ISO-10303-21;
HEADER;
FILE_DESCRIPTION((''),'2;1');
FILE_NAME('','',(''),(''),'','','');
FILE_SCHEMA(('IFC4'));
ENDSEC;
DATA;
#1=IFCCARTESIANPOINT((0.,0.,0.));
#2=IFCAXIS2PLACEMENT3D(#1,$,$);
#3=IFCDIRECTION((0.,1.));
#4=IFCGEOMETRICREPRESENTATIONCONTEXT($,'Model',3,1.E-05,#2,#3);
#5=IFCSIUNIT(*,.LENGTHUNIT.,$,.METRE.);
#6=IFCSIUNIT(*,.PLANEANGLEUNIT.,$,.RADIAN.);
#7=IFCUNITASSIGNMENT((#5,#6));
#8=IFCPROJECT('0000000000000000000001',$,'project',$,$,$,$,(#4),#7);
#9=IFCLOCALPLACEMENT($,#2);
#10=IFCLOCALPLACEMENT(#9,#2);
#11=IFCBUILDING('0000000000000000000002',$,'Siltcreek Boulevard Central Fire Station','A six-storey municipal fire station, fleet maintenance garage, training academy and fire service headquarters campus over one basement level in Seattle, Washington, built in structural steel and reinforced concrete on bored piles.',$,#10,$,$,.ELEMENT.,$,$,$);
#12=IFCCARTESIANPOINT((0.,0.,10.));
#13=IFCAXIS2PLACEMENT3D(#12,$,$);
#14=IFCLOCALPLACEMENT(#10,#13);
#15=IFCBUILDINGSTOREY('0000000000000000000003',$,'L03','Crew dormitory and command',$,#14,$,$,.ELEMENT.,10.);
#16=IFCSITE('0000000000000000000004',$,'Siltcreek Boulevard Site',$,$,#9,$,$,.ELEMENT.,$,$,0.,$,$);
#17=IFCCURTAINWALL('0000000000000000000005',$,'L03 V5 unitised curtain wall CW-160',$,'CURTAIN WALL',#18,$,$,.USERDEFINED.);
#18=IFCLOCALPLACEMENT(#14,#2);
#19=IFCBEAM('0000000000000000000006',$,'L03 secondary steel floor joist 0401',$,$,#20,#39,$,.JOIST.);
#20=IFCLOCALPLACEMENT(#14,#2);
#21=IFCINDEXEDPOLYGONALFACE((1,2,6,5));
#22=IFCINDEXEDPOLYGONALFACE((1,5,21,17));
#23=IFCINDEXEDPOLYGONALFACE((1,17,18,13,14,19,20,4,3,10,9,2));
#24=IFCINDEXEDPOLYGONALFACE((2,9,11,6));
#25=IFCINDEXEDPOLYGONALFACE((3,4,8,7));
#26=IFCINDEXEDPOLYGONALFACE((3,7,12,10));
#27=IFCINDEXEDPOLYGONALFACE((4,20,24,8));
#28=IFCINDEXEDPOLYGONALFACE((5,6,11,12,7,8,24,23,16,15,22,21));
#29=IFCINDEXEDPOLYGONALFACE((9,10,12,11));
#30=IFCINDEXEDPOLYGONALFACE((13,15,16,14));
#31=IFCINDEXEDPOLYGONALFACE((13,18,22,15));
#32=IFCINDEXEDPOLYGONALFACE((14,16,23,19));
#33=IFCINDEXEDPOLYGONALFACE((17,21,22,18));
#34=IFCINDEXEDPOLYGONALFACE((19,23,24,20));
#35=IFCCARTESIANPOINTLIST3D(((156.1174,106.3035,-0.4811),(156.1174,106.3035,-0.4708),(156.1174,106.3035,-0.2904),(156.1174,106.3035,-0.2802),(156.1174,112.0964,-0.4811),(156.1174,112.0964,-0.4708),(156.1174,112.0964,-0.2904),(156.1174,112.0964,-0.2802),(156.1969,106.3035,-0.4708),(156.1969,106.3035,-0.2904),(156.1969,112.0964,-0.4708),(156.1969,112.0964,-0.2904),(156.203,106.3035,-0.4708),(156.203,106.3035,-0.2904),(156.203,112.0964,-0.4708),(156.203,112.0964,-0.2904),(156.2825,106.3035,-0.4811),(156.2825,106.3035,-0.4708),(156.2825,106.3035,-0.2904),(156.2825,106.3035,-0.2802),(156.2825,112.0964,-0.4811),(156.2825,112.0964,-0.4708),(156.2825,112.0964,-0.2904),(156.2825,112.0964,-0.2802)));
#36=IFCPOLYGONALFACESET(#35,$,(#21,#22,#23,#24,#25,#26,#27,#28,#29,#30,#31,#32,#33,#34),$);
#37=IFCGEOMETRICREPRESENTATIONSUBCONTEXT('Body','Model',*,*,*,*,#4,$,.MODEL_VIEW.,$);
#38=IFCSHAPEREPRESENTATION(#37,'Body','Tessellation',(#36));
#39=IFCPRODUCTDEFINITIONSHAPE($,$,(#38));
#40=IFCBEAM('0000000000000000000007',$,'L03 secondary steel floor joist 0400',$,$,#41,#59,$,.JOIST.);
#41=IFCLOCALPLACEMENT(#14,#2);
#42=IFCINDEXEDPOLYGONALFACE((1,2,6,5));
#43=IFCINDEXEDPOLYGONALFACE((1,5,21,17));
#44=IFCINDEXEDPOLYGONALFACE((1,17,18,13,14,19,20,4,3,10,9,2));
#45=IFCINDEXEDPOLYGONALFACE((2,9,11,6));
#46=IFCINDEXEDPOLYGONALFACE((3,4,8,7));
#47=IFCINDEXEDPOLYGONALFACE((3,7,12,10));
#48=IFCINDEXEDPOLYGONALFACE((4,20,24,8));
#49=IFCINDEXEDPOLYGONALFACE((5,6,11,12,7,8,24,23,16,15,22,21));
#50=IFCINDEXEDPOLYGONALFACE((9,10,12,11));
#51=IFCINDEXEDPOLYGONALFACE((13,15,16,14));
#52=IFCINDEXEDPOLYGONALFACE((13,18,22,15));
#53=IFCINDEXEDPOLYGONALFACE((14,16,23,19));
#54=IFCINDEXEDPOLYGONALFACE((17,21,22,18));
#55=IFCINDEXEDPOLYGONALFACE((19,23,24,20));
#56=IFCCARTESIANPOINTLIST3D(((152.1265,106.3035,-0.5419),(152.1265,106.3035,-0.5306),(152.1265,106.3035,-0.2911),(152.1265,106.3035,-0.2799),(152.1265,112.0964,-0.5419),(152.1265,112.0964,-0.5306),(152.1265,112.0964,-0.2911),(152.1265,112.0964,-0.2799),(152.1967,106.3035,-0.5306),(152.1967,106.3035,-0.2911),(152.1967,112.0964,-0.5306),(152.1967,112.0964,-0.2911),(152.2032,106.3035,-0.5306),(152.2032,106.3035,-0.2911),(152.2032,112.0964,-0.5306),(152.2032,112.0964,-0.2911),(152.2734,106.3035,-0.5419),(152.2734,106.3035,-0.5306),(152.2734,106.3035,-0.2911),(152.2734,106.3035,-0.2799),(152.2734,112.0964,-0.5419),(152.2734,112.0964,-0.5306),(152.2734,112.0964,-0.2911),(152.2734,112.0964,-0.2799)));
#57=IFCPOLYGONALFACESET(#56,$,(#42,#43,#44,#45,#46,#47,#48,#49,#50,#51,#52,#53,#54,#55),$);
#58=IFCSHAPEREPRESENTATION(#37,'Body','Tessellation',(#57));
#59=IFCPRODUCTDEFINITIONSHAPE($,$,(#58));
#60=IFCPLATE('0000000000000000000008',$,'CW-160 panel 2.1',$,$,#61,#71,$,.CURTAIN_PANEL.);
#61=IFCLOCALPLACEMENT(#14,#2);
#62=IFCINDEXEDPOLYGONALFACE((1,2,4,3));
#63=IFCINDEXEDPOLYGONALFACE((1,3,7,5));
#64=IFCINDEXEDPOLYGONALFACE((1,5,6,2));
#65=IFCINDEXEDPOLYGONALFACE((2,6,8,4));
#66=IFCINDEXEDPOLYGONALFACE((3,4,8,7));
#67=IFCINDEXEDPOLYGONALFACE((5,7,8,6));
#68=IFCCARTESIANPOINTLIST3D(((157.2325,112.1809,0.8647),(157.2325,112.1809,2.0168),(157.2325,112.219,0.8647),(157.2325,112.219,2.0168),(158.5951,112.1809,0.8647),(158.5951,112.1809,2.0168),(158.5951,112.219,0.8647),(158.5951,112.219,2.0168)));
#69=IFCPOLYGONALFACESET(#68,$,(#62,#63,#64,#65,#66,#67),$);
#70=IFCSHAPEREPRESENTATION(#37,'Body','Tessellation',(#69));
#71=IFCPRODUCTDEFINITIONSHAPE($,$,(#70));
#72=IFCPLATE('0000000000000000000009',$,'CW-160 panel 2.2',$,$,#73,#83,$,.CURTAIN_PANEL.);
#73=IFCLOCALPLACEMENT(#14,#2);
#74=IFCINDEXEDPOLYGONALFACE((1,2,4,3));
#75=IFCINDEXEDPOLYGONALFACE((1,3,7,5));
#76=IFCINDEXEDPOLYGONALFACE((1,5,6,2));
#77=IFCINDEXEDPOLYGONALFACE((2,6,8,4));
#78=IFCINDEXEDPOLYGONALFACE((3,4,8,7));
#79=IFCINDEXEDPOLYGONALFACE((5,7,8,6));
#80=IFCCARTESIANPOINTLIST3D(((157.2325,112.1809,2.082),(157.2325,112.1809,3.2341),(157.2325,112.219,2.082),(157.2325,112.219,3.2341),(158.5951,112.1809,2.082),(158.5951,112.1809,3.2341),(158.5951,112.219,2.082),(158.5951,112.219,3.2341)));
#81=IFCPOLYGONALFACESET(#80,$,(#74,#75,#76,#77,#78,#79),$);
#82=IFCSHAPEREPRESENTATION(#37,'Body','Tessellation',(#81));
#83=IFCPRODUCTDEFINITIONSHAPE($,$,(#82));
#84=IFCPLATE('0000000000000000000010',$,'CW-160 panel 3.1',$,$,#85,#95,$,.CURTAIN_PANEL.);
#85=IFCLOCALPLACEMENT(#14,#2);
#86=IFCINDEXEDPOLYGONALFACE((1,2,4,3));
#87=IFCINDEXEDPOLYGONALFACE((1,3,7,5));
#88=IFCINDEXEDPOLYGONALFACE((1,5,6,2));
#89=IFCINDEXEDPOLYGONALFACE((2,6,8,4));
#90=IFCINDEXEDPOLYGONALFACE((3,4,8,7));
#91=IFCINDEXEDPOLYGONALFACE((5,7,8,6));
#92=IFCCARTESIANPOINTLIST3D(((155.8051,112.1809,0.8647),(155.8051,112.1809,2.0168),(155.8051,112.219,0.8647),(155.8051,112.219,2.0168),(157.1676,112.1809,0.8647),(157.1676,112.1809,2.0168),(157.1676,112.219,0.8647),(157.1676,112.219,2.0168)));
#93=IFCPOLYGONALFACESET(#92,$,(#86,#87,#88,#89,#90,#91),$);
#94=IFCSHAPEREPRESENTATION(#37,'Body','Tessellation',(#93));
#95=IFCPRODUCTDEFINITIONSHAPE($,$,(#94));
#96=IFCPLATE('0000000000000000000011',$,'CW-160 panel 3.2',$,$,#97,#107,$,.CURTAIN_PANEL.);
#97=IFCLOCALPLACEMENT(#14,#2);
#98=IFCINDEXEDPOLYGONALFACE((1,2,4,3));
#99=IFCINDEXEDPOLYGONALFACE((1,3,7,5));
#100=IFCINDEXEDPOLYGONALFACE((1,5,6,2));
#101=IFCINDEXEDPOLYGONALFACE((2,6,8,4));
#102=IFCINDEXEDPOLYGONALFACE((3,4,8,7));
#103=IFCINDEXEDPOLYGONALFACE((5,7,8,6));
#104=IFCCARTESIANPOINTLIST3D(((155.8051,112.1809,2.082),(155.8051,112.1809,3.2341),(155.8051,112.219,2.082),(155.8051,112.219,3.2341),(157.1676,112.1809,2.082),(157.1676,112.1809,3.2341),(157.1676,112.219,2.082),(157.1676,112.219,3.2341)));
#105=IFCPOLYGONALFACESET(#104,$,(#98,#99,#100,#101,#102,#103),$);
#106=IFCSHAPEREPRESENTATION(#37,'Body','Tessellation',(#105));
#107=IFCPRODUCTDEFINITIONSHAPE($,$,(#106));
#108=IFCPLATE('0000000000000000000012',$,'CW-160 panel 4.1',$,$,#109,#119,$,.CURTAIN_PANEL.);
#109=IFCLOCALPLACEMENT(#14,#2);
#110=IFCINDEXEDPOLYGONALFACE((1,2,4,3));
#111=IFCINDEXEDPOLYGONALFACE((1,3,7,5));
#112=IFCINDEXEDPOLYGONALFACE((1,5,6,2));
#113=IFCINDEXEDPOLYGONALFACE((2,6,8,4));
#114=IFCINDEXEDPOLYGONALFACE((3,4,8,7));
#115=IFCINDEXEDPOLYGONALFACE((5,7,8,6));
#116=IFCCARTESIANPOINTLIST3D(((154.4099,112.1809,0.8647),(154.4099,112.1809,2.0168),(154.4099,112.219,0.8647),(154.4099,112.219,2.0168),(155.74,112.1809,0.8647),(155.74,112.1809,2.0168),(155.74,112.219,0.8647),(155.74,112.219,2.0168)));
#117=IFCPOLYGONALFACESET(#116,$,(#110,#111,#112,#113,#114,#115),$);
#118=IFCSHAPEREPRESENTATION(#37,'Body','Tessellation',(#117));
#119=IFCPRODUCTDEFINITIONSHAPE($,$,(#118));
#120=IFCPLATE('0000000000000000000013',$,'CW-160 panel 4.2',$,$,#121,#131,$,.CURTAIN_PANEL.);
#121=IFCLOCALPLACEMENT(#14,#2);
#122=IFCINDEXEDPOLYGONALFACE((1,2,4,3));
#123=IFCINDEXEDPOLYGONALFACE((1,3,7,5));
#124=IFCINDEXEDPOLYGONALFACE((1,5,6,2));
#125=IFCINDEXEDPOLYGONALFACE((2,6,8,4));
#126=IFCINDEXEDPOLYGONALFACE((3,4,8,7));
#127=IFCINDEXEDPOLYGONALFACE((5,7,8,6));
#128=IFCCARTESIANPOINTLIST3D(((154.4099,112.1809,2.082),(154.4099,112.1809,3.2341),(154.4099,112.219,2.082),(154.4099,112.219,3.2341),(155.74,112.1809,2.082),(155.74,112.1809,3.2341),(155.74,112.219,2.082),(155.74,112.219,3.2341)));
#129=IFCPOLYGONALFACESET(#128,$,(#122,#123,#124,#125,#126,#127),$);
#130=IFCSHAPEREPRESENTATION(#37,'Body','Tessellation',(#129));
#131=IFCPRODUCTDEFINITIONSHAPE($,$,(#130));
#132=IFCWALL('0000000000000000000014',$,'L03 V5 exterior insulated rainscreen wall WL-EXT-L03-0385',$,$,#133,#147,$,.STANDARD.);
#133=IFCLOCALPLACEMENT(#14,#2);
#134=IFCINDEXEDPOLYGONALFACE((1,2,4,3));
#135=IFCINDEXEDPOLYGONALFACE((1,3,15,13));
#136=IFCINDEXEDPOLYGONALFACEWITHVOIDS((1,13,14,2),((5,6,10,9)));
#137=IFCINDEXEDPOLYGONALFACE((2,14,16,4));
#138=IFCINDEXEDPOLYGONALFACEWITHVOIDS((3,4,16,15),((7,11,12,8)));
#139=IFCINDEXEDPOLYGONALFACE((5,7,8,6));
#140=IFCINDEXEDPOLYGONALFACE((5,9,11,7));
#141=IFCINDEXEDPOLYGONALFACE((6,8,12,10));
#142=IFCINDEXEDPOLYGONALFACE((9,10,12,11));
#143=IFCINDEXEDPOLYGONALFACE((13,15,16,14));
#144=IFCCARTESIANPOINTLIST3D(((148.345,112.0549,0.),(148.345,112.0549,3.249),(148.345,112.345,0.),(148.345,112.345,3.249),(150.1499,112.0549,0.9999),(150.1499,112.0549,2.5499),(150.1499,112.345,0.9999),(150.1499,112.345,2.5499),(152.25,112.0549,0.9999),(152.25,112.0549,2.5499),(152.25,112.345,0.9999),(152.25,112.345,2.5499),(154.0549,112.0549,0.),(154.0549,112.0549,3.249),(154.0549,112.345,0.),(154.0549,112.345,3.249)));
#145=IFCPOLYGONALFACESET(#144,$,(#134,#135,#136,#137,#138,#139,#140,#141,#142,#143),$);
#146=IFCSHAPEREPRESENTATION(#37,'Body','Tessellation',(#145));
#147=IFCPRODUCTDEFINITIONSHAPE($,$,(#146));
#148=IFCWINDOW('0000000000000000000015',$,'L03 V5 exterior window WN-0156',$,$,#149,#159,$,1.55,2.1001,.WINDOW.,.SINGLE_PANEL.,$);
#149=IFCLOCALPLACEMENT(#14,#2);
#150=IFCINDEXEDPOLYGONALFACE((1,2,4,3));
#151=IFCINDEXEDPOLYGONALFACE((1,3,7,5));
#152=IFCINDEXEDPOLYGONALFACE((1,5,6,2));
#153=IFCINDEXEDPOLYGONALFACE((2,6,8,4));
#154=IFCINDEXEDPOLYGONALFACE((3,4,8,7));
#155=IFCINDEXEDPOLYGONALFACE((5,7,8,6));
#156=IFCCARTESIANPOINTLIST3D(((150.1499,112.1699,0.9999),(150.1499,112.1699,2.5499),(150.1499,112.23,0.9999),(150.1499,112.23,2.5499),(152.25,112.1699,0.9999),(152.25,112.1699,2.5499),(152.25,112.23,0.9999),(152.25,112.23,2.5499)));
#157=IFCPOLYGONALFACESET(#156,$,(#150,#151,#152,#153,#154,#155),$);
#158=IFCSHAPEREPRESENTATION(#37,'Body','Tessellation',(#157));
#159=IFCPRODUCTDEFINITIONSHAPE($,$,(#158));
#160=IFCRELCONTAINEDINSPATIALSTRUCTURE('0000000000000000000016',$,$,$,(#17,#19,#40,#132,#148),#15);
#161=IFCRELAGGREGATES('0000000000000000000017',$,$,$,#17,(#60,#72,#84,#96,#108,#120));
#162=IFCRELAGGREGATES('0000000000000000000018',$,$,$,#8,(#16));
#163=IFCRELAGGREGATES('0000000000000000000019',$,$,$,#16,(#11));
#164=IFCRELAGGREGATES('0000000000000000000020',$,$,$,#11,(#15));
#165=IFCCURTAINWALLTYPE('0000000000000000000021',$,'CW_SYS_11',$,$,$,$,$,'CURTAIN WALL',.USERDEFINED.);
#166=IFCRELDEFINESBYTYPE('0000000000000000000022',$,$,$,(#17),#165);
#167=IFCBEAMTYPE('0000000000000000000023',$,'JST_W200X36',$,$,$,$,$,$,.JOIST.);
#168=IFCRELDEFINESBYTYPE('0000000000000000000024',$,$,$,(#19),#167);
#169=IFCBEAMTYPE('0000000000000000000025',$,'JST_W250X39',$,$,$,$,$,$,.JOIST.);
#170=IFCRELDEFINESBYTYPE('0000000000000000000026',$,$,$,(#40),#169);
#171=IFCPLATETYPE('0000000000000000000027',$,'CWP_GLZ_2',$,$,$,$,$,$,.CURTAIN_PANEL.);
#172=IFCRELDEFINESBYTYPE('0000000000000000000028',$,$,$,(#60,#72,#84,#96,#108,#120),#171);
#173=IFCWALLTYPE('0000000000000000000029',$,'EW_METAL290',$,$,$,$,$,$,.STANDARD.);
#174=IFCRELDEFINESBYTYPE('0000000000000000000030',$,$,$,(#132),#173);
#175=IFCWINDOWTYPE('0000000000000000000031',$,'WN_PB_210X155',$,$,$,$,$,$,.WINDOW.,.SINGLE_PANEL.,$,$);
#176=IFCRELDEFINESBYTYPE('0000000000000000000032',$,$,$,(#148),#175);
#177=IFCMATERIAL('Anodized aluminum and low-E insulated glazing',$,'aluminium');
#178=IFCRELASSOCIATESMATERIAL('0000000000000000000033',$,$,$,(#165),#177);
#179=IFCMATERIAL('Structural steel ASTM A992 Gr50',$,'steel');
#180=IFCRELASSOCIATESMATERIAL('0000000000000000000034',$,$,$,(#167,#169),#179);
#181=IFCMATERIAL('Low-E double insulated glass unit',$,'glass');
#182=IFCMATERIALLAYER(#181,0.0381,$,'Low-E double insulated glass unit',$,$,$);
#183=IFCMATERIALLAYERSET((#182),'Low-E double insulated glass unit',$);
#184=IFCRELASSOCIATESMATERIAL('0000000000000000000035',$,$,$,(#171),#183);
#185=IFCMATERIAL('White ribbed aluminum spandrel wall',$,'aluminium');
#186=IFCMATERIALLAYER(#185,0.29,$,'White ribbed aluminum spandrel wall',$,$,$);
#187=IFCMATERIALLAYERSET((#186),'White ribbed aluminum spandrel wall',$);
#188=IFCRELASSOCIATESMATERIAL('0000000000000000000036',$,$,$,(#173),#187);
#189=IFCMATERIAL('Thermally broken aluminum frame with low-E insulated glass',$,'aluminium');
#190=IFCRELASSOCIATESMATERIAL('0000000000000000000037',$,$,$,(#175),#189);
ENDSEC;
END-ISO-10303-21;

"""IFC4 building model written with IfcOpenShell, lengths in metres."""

from ifc_helpers import new_model, si_unit, direction, frame, frame_2d, origin, origin_2d, place, context, subcontext, project, spatial, rectangle, i_section, extrude, material, layer, layer_set, material_profile, profile_set, type_object, element, fill, aggregate, save


model = new_model("IFC4")

# Units and contexts
model_context = context("Model", 3, precision=1e-05, world=origin(), true_north=direction((0.0, 1.0)))
body_context = subcontext(model_context, "Body", "Model", "MODEL_VIEW")
ifc_project = project(units=[si_unit("LENGTHUNIT", "METRE"), si_unit("PLANEANGLEUNIT", "RADIAN")], contexts=[model_context])

# Site, building, storey
site_placement = place(None, origin())
site = spatial("IfcSite", under=ifc_project, at=site_placement, Name="Siltcreek Boulevard Site", CompositionType="ELEMENT", RefElevation=0.0)
building_placement = place(site_placement, origin())
building = spatial("IfcBuilding", under=site, at=building_placement, Name="Siltcreek Boulevard Central Fire Station", Description="A six-storey municipal fire station, fleet maintenance garage, training academy and fire service headquarters campus over one basement level in Seattle, Washington, built in structural steel and reinforced concrete on bored piles.", CompositionType="ELEMENT")
storey_placement = place(building_placement, frame((0.0, 0.0, 10.0)))
storey = spatial("IfcBuildingStorey", under=building, at=storey_placement, Name="L03", Description="Crew dormitory and command", CompositionType="ELEMENT", Elevation=10.0)

# Shared definitions
ifc_material_1 = material(Name="Structural steel ASTM A992 Gr50", Category="steel")

# Curtain wall
ifc_material_2 = material(Name="Anodized aluminum and low-E insulated glazing", Category="aluminium")
curtain_wall_type = type_object("IfcCurtainWallType", Name="CW_SYS_11", ElementType="CURTAIN WALL", PredefinedType="USERDEFINED", material=ifc_material_2)
curtain_wall_placement = place(storey_placement, origin())
curtain_wall = element("IfcCurtainWall", 1, at=curtain_wall_placement, inside=storey, type_object=curtain_wall_type, Name="L03 V5 unitised curtain wall CW-160", ObjectType="CURTAIN WALL", PredefinedType="USERDEFINED")

# Beams
ifc_material_profile_1 = material_profile(ifc_material_1, i_section(OverallWidth=0.165, OverallDepth=0.2009, WebThickness=0.0061, FlangeThickness=0.0103, at=origin_2d()), Name="W200X36")
ifc_profile_set_1 = profile_set([ifc_material_profile_1], Name="Structural steel ASTM A992 Gr50")
beam_type_1 = type_object("IfcBeamType", Name="JST_W200X36", PredefinedType="JOIST", material=ifc_profile_set_1)
beam_1_placement = place(storey_placement, frame((156.2, 106.3035, -0.3806), z_axis=(0.0, 1.0, 0.0), x_axis=(-1.0, 0.0, 0.0)))
element("IfcBeam", 2, at=beam_1_placement, inside=storey, type_object=beam_type_1, Name="L03 secondary steel floor joist 0401", PredefinedType="JOIST", context=body_context, shape_type="SweptSolid", body=[
    extrude(i_section(OverallWidth=0.165, OverallDepth=0.2009, WebThickness=0.0061, FlangeThickness=0.0103, at=origin_2d()), origin(), (0.0, 0.0, 1.0), 5.793),
])
ifc_material_profile_2 = material_profile(ifc_material_1, i_section(OverallWidth=0.147, OverallDepth=0.262, WebThickness=0.0066, FlangeThickness=0.0112, at=origin_2d()), Name="W250X39")
ifc_profile_set_2 = profile_set([ifc_material_profile_2], Name="Structural steel ASTM A992 Gr50")
beam_type_2 = type_object("IfcBeamType", Name="JST_W250X39", PredefinedType="JOIST", material=ifc_profile_set_2)
beam_2_placement = place(storey_placement, frame((152.2, 106.3035, -0.4109), z_axis=(0.0, 1.0, 0.0), x_axis=(-1.0, 0.0, 0.0)))
element("IfcBeam", 3, at=beam_2_placement, inside=storey, type_object=beam_type_2, Name="L03 secondary steel floor joist 0400", PredefinedType="JOIST", context=body_context, shape_type="SweptSolid", body=[
    extrude(i_section(OverallWidth=0.147, OverallDepth=0.262, WebThickness=0.0066, FlangeThickness=0.0112, at=origin_2d()), origin(), (0.0, 0.0, 1.0), 5.793),
])

# Plates
ifc_material_3 = material(Name="Low-E double insulated glass unit", Category="glass")
ifc_layer_1 = layer(ifc_material_3, 0.0381, Name="Low-E double insulated glass unit")
ifc_layer_set_1 = layer_set([ifc_layer_1], Name="Low-E double insulated glass unit")
plate_type = type_object("IfcPlateType", Name="CWP_GLZ_2", PredefinedType="CURTAIN_PANEL", material=ifc_layer_set_1)
plate_1_placement = place(storey_placement, frame((157.9138, 112.2, 0.8647), z_axis=(0.0, 0.0, 1.0), x_axis=(-1.0, 0.0, 0.0)))
plate_1 = element("IfcPlate", 4, at=plate_1_placement, type_object=plate_type, Name="CW-160 panel 2.1", PredefinedType="CURTAIN_PANEL", context=body_context, shape_type="SweptSolid", body=[
    extrude(rectangle(XDim=1.3625, YDim=0.0381, at=origin_2d()), origin(), (0.0, 0.0, 1.0), 1.1521),
])
plate_2_placement = place(storey_placement, frame((157.9138, 112.2, 2.082), z_axis=(0.0, 0.0, 1.0), x_axis=(-1.0, 0.0, 0.0)))
plate_2 = element("IfcPlate", 5, at=plate_2_placement, type_object=plate_type, Name="CW-160 panel 2.2", PredefinedType="CURTAIN_PANEL", context=body_context, shape_type="SweptSolid", body=[
    extrude(rectangle(XDim=1.3625, YDim=0.0381, at=origin_2d()), origin(), (0.0, 0.0, 1.0), 1.1521),
])
plate_3_placement = place(storey_placement, frame((156.4863, 112.2, 0.8647), z_axis=(0.0, 0.0, 1.0), x_axis=(-1.0, 0.0, 0.0)))
plate_3 = element("IfcPlate", 6, at=plate_3_placement, type_object=plate_type, Name="CW-160 panel 3.1", PredefinedType="CURTAIN_PANEL", context=body_context, shape_type="SweptSolid", body=[
    extrude(rectangle(XDim=1.3625, YDim=0.0381, at=origin_2d()), origin(), (0.0, 0.0, 1.0), 1.1521),
])
plate_4_placement = place(storey_placement, frame((156.4863, 112.2, 2.082), z_axis=(0.0, 0.0, 1.0), x_axis=(-1.0, 0.0, 0.0)))
plate_4 = element("IfcPlate", 7, at=plate_4_placement, type_object=plate_type, Name="CW-160 panel 3.2", PredefinedType="CURTAIN_PANEL", context=body_context, shape_type="SweptSolid", body=[
    extrude(rectangle(XDim=1.3625, YDim=0.0381, at=origin_2d()), origin(), (0.0, 0.0, 1.0), 1.1521),
])
plate_5_placement = place(storey_placement, frame((155.075, 112.2, 0.8647), z_axis=(0.0, 0.0, 1.0), x_axis=(-1.0, 0.0, 0.0)))
plate_5 = element("IfcPlate", 8, at=plate_5_placement, type_object=plate_type, Name="CW-160 panel 4.1", PredefinedType="CURTAIN_PANEL", context=body_context, shape_type="SweptSolid", body=[
    extrude(rectangle(XDim=1.3301, YDim=0.0381, at=origin_2d()), origin(), (0.0, 0.0, 1.0), 1.1521),
])
plate_6_placement = place(storey_placement, frame((155.075, 112.2, 2.082), z_axis=(0.0, 0.0, 1.0), x_axis=(-1.0, 0.0, 0.0)))
plate_6 = element("IfcPlate", 9, at=plate_6_placement, type_object=plate_type, Name="CW-160 panel 4.2", PredefinedType="CURTAIN_PANEL", context=body_context, shape_type="SweptSolid", body=[
    extrude(rectangle(XDim=1.3301, YDim=0.0381, at=origin_2d()), origin(), (0.0, 0.0, 1.0), 1.1521),
])
aggregate(curtain_wall, [plate_1, plate_2, plate_3, plate_4, plate_5, plate_6])

# Wall, opening, window
ifc_material_4 = material(Name="White ribbed aluminum spandrel wall", Category="aluminium")
ifc_layer_2 = layer(ifc_material_4, 0.29, Name="White ribbed aluminum spandrel wall")
ifc_layer_set_2 = layer_set([ifc_layer_2], Name="White ribbed aluminum spandrel wall")
wall_type_1 = type_object("IfcWallType", Name="EW_METAL290", PredefinedType="STANDARD", material=ifc_layer_set_2)
wall_1_placement = place(storey_placement, frame((154.0549, 112.2, 0.0), z_axis=(0.0, 0.0, 1.0), x_axis=(-1.0, 0.0, 0.0)))
wall_1 = element("IfcWall", 10, at=wall_1_placement, inside=storey, type_object=wall_type_1, Name="L03 V5 exterior insulated rainscreen wall WL-EXT-L03-0385", PredefinedType="STANDARD", context=body_context, shape_type="SweptSolid", body=[
    extrude(rectangle(XDim=5.71, YDim=0.29, at=frame_2d((2.855, 0.0))), origin(), (0.0, 0.0, 1.0), 3.249),
])
opening_1_placement = place(wall_1_placement, frame((1.8049, 0.0, 1.0)))
opening_1 = element("IfcOpeningElement", 11, at=opening_1_placement, cuts=wall_1, PredefinedType="OPENING", context=body_context, shape_type="SweptSolid", body=[
    extrude(rectangle(XDim=2.1001, YDim=1.55, at=frame_2d((1.05, 0.7749))), frame((0.0, 0.155, 0.0), z_axis=(0.0, -1.0, 0.0), x_axis=(1.0, 0.0, 0.0)), (0.0, 0.0, 1.0), 0.3101),
])
ifc_material_5 = material(Name="Thermally broken aluminum frame with low-E insulated glass", Category="aluminium")
window_type = type_object("IfcWindowType", Name="WN_PB_210X155", PartitioningType="SINGLE_PANEL", PredefinedType="WINDOW", material=ifc_material_5)
window_placement = place(opening_1_placement, origin())
window = element("IfcWindow", 12, at=window_placement, inside=storey, type_object=window_type, Name="L03 V5 exterior window WN-0156", OverallHeight=1.55, OverallWidth=2.1001, PartitioningType="SINGLE_PANEL", PredefinedType="WINDOW", context=body_context, shape_type="SweptSolid", body=[
    extrude(rectangle(XDim=2.1001, YDim=1.55, at=frame_2d((1.05, 0.7749))), frame((0.0, 0.03, 0.0), z_axis=(0.0, -1.0, 0.0), x_axis=(1.0, 0.0, 0.0)), (0.0, 0.0, 1.0), 0.0601),
])
fill(opening_1, window)

save(model, "model.ifc")
